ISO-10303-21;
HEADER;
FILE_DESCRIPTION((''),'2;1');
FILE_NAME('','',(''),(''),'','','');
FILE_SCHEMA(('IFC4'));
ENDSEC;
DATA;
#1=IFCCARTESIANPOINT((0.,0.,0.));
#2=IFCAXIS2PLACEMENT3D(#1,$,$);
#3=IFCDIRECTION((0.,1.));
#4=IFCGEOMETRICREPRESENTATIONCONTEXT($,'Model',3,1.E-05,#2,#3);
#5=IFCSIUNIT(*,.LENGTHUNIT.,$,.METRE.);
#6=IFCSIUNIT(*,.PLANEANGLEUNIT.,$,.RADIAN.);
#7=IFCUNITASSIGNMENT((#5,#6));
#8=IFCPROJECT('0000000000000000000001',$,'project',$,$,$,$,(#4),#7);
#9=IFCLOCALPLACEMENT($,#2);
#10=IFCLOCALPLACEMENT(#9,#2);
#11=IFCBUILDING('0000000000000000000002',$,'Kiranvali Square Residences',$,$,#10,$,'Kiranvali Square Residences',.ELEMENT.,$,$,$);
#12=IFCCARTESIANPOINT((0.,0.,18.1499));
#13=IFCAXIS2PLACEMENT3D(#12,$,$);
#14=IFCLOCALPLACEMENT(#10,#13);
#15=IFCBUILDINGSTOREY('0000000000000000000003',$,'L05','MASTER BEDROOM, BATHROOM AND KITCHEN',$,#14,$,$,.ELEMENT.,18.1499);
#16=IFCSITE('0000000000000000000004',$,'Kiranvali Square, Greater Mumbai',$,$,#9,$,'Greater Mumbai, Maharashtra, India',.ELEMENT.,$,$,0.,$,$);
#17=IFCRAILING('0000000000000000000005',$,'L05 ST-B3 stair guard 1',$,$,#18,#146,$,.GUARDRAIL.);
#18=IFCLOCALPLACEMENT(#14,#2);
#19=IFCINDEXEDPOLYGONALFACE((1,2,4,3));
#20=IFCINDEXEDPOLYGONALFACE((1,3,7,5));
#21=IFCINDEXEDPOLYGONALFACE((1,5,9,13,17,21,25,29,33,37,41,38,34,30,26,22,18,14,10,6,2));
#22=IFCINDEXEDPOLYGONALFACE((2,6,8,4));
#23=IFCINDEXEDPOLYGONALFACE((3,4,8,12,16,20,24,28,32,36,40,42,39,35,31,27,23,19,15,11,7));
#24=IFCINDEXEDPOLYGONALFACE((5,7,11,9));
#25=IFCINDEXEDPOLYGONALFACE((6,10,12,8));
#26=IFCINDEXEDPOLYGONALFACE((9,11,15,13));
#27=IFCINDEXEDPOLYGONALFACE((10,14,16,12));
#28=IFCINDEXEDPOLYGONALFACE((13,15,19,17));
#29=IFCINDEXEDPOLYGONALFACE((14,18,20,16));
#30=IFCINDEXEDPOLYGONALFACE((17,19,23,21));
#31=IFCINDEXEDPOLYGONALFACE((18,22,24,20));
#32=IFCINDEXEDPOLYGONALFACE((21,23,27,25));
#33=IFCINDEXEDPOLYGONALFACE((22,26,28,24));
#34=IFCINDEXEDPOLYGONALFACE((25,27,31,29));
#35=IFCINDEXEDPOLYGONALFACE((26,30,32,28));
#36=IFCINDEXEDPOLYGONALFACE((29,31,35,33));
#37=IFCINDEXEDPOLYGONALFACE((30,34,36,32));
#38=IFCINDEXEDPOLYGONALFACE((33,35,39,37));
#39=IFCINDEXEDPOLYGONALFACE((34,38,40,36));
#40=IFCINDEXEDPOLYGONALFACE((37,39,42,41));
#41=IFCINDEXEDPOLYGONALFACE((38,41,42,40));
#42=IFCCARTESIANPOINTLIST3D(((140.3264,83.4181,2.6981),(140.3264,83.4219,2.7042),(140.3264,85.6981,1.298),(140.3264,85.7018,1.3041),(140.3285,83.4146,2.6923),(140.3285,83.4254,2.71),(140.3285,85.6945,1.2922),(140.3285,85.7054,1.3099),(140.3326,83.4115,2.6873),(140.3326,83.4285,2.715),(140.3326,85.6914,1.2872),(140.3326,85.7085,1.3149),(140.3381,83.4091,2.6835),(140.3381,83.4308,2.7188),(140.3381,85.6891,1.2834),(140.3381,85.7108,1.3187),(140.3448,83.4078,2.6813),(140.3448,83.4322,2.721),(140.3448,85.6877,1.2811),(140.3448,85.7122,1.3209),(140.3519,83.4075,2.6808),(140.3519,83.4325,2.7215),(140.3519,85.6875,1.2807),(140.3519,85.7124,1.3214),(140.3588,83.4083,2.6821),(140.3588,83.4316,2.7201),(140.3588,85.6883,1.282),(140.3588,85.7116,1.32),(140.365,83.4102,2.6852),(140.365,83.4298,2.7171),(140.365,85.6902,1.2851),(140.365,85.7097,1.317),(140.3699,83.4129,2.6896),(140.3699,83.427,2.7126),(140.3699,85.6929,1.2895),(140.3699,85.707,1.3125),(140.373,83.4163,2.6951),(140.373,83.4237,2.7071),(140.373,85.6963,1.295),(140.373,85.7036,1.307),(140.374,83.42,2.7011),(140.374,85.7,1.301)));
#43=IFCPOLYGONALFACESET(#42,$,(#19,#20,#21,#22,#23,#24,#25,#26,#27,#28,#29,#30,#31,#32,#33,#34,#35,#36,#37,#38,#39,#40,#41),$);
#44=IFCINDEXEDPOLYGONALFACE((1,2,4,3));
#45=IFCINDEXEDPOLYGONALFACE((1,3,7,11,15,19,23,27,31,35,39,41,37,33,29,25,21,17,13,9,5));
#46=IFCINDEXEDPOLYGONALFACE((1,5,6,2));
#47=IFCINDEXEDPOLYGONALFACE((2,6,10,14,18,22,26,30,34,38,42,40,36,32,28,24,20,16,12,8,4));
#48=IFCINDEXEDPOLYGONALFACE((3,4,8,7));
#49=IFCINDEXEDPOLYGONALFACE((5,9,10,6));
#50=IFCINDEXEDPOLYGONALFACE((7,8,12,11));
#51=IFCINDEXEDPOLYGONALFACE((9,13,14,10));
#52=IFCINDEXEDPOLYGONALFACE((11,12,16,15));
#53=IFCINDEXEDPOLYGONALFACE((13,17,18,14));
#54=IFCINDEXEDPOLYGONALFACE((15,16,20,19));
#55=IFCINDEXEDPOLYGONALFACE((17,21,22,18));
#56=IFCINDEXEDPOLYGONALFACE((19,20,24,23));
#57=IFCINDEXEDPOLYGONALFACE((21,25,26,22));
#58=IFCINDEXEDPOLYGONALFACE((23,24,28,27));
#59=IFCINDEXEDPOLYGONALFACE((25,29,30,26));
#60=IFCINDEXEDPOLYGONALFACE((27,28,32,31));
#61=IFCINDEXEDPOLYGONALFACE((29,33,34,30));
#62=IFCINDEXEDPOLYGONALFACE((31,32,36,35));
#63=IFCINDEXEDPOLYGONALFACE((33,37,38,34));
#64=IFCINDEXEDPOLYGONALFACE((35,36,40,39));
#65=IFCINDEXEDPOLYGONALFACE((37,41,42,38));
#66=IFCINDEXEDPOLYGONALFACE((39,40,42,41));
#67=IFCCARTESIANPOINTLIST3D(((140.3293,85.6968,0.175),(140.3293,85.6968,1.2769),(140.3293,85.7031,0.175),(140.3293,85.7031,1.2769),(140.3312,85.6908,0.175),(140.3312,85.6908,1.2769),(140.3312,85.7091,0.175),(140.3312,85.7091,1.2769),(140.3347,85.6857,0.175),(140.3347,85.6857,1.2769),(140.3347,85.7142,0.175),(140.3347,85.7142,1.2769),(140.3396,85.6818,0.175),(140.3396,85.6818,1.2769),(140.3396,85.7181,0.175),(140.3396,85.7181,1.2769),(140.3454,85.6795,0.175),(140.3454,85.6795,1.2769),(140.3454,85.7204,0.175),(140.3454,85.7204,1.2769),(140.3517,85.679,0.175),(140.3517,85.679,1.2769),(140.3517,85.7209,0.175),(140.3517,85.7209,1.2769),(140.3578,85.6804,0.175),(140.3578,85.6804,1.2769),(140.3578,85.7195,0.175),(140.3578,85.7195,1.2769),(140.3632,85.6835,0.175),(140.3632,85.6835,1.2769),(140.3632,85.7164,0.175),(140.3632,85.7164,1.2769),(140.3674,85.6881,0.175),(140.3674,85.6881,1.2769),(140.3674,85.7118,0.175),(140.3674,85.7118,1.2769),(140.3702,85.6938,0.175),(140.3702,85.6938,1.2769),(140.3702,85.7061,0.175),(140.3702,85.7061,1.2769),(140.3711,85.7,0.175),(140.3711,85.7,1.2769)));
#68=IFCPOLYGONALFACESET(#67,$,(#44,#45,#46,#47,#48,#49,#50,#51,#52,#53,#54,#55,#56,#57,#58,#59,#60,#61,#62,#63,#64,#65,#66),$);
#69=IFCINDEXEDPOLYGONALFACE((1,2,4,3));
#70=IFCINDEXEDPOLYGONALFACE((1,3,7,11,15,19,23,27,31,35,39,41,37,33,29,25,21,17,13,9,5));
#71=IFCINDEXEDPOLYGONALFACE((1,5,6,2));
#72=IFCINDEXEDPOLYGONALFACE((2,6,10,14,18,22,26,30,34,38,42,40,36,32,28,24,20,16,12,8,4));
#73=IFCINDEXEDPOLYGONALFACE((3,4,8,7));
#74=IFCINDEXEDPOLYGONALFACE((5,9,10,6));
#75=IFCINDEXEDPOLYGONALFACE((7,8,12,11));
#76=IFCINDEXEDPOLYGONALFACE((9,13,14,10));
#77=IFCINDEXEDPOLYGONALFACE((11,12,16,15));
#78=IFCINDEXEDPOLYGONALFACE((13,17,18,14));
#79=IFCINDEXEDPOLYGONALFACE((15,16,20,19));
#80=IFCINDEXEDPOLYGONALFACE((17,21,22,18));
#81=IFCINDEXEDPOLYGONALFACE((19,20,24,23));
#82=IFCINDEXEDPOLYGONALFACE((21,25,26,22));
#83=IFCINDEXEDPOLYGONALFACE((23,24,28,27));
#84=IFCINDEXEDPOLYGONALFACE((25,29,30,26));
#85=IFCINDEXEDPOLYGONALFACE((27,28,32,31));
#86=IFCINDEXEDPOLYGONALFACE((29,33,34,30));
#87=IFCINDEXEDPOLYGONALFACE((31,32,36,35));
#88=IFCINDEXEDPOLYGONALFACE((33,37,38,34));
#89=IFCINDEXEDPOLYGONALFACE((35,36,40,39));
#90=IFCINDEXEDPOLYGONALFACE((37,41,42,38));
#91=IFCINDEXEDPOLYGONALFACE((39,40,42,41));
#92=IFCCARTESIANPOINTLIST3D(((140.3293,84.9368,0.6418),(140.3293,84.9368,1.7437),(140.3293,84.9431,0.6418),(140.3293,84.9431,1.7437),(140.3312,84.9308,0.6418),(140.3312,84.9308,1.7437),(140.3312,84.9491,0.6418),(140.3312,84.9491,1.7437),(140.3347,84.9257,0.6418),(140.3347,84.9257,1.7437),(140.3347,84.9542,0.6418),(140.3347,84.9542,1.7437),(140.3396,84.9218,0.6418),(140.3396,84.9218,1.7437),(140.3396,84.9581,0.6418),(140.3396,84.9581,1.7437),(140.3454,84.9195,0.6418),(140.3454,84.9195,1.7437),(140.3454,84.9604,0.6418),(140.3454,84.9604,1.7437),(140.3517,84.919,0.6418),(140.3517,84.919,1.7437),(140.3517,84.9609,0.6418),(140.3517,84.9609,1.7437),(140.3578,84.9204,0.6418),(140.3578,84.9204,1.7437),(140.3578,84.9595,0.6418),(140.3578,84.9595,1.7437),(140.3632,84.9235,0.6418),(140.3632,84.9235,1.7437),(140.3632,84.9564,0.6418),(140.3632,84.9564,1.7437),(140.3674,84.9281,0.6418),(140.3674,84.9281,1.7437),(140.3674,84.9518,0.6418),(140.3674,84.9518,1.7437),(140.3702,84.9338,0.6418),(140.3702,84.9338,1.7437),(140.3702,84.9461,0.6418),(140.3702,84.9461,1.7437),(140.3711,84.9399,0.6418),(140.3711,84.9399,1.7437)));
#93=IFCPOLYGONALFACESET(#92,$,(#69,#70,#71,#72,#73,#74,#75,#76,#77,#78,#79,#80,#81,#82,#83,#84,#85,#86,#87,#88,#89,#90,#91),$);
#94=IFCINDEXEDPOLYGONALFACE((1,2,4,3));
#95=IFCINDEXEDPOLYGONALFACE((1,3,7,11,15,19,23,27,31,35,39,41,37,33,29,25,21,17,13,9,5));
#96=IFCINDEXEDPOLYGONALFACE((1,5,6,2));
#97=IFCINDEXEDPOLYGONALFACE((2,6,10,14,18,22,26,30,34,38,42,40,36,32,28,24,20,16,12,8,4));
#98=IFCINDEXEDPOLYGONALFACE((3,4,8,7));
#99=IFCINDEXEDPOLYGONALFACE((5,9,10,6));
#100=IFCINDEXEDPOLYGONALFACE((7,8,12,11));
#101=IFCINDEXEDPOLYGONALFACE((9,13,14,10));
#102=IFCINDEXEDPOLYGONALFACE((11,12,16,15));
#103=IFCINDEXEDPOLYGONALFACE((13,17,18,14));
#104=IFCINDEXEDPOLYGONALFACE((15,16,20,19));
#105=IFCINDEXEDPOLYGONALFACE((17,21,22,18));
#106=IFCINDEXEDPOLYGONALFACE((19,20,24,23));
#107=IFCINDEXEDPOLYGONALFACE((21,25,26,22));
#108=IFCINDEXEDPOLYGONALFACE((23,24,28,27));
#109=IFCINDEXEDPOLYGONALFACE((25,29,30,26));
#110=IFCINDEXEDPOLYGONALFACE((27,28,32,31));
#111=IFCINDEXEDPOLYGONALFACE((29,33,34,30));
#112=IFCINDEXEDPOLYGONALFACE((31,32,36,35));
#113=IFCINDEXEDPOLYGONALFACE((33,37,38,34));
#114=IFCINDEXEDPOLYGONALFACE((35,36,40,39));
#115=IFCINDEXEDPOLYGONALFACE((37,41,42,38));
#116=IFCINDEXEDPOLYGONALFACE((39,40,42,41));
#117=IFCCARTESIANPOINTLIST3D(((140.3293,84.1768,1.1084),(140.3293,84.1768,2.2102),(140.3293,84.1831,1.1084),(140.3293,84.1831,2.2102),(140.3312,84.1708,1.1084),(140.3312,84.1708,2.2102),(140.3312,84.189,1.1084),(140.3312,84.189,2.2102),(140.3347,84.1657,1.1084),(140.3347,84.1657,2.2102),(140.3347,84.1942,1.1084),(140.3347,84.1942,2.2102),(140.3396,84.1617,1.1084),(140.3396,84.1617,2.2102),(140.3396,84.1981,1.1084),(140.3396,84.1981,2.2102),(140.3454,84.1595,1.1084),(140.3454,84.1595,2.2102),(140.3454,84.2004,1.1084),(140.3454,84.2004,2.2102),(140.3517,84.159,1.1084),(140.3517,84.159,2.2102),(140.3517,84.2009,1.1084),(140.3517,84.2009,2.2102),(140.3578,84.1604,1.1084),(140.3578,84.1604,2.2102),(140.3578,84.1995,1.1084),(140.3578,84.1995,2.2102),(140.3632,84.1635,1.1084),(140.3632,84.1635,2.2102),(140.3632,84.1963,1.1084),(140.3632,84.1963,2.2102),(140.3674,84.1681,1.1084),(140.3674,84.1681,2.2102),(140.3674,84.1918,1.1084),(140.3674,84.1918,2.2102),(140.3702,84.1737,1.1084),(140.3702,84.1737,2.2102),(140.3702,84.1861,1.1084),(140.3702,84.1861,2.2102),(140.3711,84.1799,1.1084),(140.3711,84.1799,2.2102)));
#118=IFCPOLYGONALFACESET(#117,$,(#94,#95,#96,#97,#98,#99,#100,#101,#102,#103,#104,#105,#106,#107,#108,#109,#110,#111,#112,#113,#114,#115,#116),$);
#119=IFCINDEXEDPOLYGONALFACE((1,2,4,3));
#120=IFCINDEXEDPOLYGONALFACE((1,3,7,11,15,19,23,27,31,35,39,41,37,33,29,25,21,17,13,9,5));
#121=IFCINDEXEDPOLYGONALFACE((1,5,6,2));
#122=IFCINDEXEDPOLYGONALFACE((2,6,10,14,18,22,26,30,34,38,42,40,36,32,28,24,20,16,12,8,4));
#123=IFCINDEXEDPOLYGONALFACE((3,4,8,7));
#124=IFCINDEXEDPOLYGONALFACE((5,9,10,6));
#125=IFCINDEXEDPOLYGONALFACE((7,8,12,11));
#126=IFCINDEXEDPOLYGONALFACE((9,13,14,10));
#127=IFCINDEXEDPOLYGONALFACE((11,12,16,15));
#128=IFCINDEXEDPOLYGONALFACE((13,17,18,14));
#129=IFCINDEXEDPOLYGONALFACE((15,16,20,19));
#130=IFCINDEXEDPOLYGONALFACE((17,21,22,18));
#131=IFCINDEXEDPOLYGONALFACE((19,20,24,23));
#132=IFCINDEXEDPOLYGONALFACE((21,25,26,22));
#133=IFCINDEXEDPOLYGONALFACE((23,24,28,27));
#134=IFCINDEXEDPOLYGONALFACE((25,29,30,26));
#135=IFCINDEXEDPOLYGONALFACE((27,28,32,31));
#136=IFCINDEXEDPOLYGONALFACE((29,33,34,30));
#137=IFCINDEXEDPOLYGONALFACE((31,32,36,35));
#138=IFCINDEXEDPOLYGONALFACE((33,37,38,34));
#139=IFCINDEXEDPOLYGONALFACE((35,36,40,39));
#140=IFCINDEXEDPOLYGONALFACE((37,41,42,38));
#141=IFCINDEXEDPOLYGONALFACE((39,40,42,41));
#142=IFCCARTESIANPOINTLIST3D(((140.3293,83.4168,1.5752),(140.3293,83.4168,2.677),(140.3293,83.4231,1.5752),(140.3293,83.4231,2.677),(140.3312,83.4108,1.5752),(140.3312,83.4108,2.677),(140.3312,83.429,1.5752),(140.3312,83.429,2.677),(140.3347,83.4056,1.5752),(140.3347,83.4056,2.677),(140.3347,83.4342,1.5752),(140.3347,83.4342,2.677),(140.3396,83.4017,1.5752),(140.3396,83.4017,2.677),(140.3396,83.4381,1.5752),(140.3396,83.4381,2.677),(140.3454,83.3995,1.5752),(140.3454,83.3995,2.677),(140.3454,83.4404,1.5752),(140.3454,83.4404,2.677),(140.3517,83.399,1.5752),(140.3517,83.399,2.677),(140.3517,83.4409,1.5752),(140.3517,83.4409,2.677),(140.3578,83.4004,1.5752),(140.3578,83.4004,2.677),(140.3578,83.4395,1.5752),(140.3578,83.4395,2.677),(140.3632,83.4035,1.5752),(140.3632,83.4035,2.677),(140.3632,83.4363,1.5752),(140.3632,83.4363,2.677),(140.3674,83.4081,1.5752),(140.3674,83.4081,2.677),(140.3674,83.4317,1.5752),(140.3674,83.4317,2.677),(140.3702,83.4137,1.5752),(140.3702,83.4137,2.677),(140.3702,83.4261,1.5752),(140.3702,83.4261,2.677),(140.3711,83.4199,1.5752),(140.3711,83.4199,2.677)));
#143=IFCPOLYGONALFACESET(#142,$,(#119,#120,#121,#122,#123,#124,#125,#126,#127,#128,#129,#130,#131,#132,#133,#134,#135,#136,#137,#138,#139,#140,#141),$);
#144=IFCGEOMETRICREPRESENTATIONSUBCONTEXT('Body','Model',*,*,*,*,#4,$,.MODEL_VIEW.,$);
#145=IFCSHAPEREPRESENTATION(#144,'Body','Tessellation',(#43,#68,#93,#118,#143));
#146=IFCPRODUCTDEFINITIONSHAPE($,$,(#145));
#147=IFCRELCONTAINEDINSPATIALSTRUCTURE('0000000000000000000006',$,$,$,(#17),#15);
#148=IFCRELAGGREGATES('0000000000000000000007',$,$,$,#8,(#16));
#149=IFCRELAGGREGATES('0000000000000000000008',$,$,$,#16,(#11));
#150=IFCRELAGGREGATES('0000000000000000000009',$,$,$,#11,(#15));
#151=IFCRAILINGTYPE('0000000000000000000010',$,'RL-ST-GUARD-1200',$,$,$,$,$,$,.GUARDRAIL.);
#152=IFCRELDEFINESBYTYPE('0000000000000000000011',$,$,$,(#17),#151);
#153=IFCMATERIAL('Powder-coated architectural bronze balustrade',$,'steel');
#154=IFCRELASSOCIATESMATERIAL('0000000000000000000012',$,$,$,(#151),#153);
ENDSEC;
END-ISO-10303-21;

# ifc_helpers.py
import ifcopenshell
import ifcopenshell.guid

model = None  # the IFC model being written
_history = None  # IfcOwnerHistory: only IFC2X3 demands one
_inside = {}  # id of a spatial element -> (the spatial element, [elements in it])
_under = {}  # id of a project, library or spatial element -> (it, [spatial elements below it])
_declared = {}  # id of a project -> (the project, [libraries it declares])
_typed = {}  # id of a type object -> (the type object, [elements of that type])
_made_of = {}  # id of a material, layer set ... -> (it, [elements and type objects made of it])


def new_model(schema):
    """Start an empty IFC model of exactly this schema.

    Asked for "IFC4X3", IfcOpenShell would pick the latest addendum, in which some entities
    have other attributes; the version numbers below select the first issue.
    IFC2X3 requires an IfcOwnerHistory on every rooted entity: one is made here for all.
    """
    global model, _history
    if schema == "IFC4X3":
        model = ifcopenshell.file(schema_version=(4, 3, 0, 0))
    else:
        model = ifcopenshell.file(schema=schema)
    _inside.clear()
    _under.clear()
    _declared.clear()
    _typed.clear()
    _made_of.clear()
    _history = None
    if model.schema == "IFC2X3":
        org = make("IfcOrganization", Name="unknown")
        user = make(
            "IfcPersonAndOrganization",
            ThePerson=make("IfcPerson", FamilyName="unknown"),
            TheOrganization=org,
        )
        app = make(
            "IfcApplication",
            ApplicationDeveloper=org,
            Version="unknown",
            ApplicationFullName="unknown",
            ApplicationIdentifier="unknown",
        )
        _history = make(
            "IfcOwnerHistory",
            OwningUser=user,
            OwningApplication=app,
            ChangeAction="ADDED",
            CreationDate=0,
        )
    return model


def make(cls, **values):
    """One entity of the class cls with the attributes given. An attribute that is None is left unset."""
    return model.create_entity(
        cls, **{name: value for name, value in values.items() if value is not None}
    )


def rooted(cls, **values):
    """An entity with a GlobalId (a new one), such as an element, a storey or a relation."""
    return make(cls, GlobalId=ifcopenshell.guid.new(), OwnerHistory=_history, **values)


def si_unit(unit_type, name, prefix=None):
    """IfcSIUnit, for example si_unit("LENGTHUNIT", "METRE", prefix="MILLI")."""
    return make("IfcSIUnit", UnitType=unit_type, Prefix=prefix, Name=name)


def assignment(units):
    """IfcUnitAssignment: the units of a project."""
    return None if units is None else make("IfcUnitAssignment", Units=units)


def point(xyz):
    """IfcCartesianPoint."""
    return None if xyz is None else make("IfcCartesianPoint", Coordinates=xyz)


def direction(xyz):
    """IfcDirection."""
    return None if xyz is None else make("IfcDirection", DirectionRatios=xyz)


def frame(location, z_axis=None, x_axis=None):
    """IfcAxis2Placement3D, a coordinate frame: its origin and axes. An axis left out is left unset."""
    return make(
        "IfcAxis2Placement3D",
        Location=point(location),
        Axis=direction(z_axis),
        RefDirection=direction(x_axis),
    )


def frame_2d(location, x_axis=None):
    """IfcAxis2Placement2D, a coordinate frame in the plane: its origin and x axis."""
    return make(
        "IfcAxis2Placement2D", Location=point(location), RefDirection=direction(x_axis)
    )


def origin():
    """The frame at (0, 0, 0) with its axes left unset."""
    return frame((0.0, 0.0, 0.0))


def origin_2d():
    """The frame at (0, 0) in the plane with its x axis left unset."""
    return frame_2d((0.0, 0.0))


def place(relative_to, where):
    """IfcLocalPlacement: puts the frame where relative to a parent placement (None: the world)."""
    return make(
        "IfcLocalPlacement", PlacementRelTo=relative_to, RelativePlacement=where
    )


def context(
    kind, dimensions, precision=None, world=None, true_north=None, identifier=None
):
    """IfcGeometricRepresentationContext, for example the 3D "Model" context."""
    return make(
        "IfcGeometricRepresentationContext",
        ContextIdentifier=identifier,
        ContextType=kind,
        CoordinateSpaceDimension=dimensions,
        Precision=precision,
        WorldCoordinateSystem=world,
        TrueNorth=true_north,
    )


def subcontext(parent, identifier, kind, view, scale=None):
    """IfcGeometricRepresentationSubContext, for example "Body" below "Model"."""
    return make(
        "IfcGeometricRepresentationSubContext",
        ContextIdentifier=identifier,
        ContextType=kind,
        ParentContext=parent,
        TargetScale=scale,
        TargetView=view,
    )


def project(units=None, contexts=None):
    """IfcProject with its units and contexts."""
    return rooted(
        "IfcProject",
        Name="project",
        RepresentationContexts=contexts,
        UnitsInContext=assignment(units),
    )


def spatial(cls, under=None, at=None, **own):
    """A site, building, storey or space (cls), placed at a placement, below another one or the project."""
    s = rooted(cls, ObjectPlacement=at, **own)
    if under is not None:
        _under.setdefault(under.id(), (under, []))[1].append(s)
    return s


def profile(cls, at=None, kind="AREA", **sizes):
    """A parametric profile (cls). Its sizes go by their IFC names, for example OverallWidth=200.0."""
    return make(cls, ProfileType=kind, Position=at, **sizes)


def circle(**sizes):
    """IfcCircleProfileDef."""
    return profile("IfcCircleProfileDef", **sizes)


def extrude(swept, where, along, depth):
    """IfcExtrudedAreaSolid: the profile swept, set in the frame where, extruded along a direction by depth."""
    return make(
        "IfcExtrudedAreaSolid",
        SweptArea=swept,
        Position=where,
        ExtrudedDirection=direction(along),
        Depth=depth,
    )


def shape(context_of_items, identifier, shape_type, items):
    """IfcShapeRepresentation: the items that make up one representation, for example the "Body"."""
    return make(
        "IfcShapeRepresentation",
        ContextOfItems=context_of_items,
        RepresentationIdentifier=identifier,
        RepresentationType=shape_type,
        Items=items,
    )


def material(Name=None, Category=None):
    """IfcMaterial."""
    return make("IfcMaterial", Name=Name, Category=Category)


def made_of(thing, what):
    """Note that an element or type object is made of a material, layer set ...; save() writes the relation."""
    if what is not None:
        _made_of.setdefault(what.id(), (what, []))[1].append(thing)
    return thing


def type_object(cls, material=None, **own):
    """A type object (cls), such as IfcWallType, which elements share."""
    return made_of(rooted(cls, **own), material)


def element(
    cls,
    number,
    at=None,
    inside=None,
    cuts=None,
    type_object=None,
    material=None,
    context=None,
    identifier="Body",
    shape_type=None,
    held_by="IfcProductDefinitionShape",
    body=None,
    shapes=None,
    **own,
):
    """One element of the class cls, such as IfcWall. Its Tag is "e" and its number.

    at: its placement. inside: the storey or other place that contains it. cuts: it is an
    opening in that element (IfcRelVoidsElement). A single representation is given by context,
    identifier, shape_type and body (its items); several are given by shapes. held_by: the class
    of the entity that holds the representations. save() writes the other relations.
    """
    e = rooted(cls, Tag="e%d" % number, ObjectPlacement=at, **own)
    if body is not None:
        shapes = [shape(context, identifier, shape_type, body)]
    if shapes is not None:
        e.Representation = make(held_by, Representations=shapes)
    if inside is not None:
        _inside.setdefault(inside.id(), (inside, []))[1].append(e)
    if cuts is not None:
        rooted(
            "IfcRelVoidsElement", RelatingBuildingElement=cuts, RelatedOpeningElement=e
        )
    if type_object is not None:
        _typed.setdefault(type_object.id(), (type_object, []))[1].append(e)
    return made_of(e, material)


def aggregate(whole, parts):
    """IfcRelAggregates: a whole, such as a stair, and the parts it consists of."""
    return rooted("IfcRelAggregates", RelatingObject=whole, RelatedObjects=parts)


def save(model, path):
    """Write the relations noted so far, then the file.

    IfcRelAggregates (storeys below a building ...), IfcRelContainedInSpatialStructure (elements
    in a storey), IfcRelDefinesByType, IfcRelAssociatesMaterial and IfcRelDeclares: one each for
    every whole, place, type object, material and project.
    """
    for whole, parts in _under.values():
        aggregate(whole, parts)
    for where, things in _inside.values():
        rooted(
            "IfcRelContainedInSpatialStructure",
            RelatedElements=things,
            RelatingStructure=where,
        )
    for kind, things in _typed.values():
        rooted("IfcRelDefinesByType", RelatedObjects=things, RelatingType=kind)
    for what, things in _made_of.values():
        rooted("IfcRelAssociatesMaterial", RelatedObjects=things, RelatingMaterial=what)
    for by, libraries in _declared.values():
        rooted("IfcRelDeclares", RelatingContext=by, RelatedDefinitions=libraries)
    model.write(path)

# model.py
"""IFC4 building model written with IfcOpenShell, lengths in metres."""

from ifc_helpers import new_model, si_unit, direction, frame, origin, origin_2d, place, context, subcontext, project, spatial, circle, extrude, material, type_object, element, save


model = new_model("IFC4")

# Units and contexts
model_context = context("Model", 3, precision=1e-05, world=origin(), true_north=direction((0.0, 1.0)))
body_context = subcontext(model_context, "Body", "Model", "MODEL_VIEW")
ifc_project = project(units=[si_unit("LENGTHUNIT", "METRE"), si_unit("PLANEANGLEUNIT", "RADIAN")], contexts=[model_context])

# Site, building, storey
site_placement = place(None, origin())
site = spatial("IfcSite", under=ifc_project, at=site_placement, Name="Kiranvali Square, Greater Mumbai", LongName="Greater Mumbai, Maharashtra, India", CompositionType="ELEMENT", RefElevation=0.0)
building_placement = place(site_placement, origin())
building = spatial("IfcBuilding", under=site, at=building_placement, Name="Kiranvali Square Residences", LongName="Kiranvali Square Residences", CompositionType="ELEMENT")
storey_placement = place(building_placement, frame((0.0, 0.0, 18.1499)))
storey = spatial("IfcBuildingStorey", under=building, at=storey_placement, Name="L05", Description="MASTER BEDROOM, BATHROOM AND KITCHEN", CompositionType="ELEMENT", Elevation=18.1499)

# Railing
ifc_material_1 = material(Name="Powder-coated architectural bronze balustrade", Category="steel")
railing_type_1 = type_object("IfcRailingType", Name="RL-ST-GUARD-1200", PredefinedType="GUARDRAIL", material=ifc_material_1)
railing_1_placement = place(storey_placement, frame((140.3501, 85.7, 0.175)))
element("IfcRailing", 1, at=railing_1_placement, inside=storey, type_object=railing_type_1, Name="L05 ST-B3 stair guard 1", PredefinedType="GUARDRAIL", context=body_context, shape_type="SweptSolid", body=[
    extrude(circle(Radius=0.0239, at=origin_2d()), frame((0.0, 0.0, 1.126), z_axis=(0.0, -0.85215, 0.523298), x_axis=(1.0, 0.0, 0.0)), (0.0, 0.0, 1.0), 2.6755),
    extrude(circle(Radius=0.021, at=origin_2d()), origin(), (0.0, 0.0, 1.0), 1.1018),
    extrude(circle(Radius=0.021, at=origin_2d()), frame((0.0, -0.76, 0.4668)), (0.0, 0.0, 1.0), 1.1018),
    extrude(circle(Radius=0.021, at=origin_2d()), frame((0.0, -1.52, 0.9333)), (0.0, 0.0, 1.0), 1.1018),
    extrude(circle(Radius=0.021, at=origin_2d()), frame((0.0, -2.28, 1.4001)), (0.0, 0.0, 1.0), 1.1018),
])

save(model, "model.ifc")
